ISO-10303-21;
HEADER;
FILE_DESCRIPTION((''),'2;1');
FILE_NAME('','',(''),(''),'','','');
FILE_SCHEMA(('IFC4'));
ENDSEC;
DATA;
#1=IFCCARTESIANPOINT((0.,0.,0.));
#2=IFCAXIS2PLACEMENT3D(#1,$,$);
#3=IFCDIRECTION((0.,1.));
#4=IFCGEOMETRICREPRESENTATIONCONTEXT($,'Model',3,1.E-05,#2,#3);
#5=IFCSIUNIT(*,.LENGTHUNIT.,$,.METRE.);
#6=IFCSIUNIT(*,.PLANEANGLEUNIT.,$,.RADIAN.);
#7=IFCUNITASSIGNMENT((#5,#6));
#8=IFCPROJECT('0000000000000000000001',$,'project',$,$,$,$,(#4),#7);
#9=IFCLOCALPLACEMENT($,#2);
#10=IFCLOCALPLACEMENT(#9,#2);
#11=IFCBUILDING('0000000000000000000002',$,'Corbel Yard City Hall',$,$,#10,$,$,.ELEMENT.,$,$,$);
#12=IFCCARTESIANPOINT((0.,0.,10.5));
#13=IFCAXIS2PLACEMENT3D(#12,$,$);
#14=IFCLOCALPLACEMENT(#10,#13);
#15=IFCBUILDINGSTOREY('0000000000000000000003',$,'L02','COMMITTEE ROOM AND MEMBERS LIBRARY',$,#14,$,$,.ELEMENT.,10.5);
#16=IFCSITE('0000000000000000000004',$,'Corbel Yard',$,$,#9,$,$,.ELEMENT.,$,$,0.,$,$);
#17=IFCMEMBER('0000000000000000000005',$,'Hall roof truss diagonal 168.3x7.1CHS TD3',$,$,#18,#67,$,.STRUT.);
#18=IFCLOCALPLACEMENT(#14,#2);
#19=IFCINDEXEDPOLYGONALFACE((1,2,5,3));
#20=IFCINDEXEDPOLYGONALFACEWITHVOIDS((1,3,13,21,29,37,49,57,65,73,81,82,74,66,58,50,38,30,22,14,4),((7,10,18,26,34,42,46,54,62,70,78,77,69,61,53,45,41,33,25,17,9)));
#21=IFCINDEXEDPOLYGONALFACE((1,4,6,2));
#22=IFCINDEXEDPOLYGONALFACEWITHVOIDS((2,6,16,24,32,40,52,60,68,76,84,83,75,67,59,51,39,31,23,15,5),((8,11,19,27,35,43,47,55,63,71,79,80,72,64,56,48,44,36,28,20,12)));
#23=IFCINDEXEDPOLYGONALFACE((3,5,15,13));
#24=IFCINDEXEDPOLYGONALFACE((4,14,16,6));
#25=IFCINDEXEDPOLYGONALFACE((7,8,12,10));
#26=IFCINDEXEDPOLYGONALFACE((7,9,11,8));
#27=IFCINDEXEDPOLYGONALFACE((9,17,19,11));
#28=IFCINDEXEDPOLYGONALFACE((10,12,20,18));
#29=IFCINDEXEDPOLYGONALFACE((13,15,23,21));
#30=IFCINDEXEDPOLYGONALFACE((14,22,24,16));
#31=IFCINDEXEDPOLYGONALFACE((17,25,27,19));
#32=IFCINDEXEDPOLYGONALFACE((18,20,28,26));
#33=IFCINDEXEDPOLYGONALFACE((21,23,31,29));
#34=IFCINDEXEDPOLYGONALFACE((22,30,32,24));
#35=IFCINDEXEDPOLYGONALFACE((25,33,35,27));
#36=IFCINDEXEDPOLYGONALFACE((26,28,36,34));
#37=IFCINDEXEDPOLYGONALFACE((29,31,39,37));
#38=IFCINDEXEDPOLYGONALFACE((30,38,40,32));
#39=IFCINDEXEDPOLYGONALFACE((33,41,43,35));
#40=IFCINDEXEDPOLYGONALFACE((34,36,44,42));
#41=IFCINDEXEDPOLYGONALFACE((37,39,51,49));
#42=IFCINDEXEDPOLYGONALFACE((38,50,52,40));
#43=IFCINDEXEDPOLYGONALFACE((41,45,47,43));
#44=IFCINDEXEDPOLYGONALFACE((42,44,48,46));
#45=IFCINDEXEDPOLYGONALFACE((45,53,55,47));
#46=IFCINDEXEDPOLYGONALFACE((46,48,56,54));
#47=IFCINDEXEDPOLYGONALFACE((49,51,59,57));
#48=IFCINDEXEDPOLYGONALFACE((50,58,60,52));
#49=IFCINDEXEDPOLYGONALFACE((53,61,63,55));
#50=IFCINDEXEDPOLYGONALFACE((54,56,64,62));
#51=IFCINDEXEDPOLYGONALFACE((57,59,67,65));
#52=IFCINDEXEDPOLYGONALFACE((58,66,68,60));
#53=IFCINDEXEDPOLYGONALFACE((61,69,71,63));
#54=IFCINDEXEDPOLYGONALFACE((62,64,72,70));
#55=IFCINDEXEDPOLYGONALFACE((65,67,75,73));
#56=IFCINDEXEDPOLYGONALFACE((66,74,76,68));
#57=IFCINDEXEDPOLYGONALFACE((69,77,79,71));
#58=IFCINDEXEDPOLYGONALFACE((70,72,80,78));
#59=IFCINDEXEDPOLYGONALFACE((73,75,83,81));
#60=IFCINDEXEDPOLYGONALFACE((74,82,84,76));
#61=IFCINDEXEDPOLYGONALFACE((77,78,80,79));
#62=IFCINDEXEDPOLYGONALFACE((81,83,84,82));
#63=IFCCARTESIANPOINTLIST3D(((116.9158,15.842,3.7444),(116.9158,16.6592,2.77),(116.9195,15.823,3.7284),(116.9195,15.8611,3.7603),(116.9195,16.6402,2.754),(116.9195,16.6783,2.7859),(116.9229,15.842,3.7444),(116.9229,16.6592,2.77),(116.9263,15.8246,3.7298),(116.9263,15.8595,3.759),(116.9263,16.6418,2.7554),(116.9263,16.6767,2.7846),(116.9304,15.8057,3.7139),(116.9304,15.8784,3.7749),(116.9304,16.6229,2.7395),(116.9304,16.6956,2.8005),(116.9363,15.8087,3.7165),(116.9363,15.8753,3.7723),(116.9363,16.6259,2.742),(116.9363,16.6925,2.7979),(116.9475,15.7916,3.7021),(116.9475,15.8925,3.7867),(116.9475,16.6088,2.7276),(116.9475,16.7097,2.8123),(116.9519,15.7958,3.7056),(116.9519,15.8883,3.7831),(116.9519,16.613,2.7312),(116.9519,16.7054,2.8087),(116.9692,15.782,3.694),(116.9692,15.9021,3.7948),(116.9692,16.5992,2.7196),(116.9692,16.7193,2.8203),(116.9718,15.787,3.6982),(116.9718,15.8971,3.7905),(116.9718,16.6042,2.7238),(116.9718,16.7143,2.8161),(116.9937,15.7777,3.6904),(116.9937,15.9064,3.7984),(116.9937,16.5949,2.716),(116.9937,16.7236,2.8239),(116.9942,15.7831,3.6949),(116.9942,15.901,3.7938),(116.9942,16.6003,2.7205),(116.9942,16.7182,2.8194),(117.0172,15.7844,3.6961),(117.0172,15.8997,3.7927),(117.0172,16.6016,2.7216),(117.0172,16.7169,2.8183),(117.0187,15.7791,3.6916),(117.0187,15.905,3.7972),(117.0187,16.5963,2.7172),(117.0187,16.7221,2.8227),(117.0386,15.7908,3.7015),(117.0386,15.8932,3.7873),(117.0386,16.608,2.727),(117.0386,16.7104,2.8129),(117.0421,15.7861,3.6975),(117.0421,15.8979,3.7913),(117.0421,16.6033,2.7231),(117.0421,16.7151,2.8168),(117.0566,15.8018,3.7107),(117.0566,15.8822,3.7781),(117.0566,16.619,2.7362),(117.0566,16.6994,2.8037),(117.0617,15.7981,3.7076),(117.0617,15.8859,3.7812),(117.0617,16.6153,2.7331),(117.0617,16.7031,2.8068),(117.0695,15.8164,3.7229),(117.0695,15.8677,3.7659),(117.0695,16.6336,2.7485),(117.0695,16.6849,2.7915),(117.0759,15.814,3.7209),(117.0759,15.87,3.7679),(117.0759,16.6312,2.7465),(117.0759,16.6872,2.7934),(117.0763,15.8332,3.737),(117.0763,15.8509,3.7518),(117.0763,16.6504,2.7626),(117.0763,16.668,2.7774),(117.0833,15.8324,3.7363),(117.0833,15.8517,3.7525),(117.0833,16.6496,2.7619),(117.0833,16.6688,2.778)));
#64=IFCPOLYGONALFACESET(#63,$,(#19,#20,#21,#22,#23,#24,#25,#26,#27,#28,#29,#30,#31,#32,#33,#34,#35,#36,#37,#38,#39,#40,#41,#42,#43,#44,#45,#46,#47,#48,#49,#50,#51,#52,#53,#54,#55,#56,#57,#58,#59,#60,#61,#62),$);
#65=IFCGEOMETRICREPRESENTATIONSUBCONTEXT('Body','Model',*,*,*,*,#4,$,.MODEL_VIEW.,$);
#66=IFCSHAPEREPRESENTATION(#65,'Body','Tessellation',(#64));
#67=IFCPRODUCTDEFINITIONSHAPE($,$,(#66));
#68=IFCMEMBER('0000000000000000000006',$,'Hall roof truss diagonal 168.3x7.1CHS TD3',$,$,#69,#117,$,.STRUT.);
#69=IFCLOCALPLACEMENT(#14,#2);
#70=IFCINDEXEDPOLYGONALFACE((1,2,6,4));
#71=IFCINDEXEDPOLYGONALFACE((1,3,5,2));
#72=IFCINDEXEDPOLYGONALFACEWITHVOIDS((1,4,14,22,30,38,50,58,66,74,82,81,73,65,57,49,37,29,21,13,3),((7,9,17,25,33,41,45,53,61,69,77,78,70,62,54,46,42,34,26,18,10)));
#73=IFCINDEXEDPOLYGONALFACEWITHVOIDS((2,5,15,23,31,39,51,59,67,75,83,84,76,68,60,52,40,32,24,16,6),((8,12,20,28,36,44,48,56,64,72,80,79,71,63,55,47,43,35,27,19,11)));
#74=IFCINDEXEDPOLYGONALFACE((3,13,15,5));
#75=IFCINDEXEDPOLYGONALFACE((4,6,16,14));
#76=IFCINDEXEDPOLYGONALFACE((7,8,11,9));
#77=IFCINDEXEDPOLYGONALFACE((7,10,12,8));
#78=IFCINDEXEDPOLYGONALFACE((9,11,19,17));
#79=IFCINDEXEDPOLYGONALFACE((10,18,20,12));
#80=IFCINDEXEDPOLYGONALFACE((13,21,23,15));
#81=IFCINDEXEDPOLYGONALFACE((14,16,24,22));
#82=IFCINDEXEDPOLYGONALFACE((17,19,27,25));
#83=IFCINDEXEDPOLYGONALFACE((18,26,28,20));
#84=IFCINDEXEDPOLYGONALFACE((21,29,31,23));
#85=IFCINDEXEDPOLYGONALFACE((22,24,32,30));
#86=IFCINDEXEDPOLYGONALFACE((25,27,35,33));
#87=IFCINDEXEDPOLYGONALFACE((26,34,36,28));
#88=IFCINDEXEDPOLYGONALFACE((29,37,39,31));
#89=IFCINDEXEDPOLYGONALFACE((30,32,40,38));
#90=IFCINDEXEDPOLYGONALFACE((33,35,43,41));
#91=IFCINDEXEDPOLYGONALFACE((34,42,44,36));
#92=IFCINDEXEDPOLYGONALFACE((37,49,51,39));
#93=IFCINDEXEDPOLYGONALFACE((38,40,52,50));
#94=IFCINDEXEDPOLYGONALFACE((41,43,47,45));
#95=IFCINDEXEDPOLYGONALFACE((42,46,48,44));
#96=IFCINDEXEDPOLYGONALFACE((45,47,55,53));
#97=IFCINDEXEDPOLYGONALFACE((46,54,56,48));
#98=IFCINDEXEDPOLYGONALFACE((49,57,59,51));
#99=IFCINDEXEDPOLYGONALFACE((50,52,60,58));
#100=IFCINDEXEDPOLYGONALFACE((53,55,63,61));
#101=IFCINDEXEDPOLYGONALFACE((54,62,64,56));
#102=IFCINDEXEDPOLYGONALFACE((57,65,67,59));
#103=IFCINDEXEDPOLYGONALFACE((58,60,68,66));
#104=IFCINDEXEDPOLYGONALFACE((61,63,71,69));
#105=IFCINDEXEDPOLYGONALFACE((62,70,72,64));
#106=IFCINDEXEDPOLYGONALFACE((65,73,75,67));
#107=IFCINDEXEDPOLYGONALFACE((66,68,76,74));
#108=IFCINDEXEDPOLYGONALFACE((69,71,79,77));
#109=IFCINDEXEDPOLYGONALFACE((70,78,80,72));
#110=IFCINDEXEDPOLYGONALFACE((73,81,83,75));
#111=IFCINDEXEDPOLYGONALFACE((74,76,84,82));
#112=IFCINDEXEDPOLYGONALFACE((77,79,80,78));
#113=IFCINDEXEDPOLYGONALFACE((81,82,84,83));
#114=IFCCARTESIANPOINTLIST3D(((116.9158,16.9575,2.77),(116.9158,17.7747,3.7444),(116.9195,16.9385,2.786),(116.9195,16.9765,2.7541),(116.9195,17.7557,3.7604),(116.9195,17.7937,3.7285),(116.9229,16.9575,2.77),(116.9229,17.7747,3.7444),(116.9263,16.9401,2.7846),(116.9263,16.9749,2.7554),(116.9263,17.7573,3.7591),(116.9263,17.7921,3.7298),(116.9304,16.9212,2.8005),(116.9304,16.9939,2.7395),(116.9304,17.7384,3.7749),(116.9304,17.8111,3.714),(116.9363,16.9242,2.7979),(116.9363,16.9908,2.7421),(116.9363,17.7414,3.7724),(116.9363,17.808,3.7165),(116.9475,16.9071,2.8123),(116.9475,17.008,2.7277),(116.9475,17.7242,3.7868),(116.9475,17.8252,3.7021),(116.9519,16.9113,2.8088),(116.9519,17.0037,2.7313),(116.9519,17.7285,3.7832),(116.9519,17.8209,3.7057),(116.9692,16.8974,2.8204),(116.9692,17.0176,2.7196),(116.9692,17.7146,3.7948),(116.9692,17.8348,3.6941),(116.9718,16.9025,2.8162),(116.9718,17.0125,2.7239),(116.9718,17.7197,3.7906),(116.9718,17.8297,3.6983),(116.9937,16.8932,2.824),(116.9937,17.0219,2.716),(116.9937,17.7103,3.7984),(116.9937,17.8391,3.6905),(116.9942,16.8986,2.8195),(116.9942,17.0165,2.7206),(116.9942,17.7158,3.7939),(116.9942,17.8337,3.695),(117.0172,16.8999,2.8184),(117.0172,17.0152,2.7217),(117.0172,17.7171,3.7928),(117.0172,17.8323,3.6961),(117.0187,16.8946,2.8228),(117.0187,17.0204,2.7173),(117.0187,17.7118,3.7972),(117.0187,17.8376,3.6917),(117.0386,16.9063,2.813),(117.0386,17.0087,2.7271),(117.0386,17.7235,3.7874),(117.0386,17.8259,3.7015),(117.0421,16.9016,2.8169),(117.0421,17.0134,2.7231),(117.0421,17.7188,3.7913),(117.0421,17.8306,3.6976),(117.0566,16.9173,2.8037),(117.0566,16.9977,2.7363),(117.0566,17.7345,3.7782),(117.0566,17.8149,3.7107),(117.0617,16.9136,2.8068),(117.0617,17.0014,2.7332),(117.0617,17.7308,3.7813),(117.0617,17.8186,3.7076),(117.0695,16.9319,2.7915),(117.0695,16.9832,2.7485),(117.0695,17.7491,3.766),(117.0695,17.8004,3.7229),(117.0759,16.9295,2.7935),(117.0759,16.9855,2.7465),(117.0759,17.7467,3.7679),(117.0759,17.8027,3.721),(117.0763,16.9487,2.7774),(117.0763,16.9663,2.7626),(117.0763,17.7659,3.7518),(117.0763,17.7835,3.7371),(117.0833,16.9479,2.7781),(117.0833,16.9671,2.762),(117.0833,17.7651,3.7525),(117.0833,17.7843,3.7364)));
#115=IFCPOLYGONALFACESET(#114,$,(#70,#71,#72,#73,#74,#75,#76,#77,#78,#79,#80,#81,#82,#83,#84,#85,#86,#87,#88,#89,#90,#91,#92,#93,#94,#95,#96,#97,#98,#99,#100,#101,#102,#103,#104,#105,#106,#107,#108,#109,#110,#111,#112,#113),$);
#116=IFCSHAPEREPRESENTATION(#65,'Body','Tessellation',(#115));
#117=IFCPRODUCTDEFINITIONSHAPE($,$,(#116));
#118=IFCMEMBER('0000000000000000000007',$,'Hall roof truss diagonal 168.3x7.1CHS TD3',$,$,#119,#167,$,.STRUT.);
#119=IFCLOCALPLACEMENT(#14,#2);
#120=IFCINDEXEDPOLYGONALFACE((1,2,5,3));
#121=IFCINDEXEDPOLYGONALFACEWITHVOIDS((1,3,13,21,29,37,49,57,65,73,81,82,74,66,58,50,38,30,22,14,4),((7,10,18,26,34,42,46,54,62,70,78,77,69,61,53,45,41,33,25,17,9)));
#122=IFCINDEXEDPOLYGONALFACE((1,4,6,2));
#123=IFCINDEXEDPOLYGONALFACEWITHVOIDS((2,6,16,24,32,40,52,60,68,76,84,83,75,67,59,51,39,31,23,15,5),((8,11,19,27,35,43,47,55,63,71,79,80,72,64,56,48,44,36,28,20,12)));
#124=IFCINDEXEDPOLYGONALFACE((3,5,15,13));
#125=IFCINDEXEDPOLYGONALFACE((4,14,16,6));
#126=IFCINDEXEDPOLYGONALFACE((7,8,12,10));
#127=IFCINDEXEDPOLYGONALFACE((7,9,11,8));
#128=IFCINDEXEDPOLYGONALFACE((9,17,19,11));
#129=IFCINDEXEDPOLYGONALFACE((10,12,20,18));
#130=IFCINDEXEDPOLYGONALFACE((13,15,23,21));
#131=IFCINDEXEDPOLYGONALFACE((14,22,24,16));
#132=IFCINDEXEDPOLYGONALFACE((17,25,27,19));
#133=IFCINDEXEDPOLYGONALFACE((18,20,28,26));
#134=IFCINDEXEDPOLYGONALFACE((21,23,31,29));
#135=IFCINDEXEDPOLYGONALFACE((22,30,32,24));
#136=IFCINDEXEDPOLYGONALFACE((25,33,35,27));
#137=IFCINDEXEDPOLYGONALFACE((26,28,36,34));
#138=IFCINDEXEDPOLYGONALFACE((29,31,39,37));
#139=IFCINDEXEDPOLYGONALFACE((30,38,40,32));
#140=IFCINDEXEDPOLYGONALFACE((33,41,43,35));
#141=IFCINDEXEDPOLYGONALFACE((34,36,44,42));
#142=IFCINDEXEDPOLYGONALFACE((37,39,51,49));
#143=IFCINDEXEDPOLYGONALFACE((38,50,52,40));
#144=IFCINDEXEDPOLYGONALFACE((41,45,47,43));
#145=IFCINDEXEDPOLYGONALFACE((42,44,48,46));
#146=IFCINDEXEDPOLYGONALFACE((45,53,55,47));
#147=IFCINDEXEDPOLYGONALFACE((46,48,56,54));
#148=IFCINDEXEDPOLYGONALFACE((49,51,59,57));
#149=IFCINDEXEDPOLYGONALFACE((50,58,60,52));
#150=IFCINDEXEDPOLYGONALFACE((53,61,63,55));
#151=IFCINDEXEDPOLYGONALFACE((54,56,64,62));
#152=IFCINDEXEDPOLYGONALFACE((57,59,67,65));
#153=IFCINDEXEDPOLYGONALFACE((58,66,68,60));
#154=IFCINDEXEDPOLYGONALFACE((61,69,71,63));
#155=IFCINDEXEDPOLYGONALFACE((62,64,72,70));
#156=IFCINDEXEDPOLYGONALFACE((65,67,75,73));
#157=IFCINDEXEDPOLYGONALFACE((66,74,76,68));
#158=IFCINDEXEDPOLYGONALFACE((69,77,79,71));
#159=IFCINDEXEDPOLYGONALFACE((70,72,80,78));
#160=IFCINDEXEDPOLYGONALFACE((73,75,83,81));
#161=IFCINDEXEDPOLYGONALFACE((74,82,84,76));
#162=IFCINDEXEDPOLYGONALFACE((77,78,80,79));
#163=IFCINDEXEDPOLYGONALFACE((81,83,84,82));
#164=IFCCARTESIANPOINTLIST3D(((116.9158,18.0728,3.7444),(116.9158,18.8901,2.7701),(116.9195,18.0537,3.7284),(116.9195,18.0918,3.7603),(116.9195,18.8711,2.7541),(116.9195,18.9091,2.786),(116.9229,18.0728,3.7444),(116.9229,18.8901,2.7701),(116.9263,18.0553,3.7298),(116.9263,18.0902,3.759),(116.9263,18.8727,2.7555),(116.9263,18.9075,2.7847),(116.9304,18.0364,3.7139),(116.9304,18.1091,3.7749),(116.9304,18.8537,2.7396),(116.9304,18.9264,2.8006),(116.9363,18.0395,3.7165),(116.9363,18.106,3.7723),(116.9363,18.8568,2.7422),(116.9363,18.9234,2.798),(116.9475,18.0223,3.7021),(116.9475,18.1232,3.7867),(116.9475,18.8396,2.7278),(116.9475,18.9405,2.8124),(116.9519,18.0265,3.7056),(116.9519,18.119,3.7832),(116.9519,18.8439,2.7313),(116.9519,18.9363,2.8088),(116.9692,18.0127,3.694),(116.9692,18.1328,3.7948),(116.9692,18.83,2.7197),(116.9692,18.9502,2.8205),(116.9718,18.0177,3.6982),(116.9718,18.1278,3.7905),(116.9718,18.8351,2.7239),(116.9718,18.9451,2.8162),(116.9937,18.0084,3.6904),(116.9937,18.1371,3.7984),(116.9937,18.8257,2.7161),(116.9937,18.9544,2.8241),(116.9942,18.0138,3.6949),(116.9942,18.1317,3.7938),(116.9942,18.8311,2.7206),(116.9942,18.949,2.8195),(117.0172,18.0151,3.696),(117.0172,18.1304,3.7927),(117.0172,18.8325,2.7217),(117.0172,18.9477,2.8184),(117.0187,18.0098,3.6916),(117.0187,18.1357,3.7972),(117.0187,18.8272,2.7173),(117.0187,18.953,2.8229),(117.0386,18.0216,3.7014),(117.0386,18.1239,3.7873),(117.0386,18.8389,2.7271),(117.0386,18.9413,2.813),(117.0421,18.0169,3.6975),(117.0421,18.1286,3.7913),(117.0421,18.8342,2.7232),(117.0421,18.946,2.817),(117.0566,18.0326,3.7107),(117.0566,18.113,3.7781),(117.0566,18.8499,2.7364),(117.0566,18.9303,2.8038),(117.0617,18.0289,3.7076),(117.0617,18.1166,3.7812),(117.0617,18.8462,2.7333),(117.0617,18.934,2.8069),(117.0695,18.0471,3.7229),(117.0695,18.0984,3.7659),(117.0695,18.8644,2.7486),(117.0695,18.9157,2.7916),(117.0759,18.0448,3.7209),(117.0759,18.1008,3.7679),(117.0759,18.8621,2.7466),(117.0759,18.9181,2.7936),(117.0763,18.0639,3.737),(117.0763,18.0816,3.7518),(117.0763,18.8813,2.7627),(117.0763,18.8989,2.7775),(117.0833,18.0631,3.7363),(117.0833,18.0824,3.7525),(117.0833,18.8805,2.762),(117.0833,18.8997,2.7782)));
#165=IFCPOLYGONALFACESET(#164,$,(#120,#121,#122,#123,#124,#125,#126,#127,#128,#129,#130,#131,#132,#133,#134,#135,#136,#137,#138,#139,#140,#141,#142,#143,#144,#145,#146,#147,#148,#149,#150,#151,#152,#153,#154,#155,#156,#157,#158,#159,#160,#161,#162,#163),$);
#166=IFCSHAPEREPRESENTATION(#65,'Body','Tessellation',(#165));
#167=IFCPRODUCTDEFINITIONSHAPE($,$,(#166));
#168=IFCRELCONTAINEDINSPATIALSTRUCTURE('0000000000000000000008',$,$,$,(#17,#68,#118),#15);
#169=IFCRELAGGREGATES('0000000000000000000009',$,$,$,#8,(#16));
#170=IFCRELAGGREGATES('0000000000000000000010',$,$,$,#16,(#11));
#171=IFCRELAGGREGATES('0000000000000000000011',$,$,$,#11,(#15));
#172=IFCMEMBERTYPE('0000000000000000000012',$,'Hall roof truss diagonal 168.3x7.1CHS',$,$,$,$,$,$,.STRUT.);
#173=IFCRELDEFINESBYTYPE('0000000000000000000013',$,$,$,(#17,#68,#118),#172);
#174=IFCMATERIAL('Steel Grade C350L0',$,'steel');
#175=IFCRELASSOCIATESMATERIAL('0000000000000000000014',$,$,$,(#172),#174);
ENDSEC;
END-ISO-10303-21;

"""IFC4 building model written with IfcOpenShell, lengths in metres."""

from ifc_helpers import new_model, si_unit, direction, frame, origin, origin_2d, place, context, subcontext, project, spatial, hollow_circle, extrude, material, material_profile, profile_set, type_object, element, save


model = new_model("IFC4")

# Units and contexts
model_context = context("Model", 3, precision=1e-05, world=origin(), true_north=direction((0.0, 1.0)))
body_context = subcontext(model_context, "Body", "Model", "MODEL_VIEW")
ifc_project = project(units=[si_unit("LENGTHUNIT", "METRE"), si_unit("PLANEANGLEUNIT", "RADIAN")], contexts=[model_context])

# Site, building, storey
site_placement = place(None, origin())
site = spatial("IfcSite", under=ifc_project, at=site_placement, Name="Corbel Yard", CompositionType="ELEMENT", RefElevation=0.0)
building_placement = place(site_placement, origin())
building = spatial("IfcBuilding", under=site, at=building_placement, Name="Corbel Yard City Hall", CompositionType="ELEMENT")
storey_placement = place(building_placement, frame((0.0, 0.0, 10.5)))
storey = spatial("IfcBuildingStorey", under=building, at=storey_placement, Name="L02", Description="COMMITTEE ROOM AND MEMBERS LIBRARY", CompositionType="ELEMENT", Elevation=10.5)

# Members
ifc_material_1 = material(Name="Steel Grade C350L0", Category="steel")
ifc_material_profile_1 = material_profile(ifc_material_1, hollow_circle(Radius=0.0842, WallThickness=0.0071, at=origin_2d()), Name="168.3x7.1CHS")
ifc_profile_set_1 = profile_set([ifc_material_profile_1], Name="Steel Grade C350L0")
member_type_1 = type_object("IfcMemberType", Name="Hall roof truss diagonal 168.3x7.1CHS", PredefinedType="STRUT", material=ifc_profile_set_1)
for number, where, z_axis, x_axis, name in (
    (1, (117.0, 15.842, 3.7444), (0.0, 0.64258, -0.766219), (-1.0, 0.0, 0.0), "Hall roof truss diagonal 168.3x7.1CHS TD3"),
    (2, (117.0, 16.9575, 2.77), (0.0, 0.64258, 0.766219), (-1.0, 0.0, 0.0), "Hall roof truss diagonal 168.3x7.1CHS TD3"),
    (3, (117.0, 18.0728, 3.7444), (0.0, 0.642692, -0.766124), (-1.0, 0.0, 0.0), "Hall roof truss diagonal 168.3x7.1CHS TD3"),
):
    element("IfcMember", number, at=place(storey_placement, frame(where, z_axis=z_axis, x_axis=x_axis)), inside=storey, type_object=member_type_1, Name=name, PredefinedType="STRUT", context=body_context, shape_type="SweptSolid", body=[
        extrude(hollow_circle(Radius=0.0842, WallThickness=0.0071, at=origin_2d()), origin(), (0.0, 0.0, 1.0), 1.2717),
    ])

save(model, "model.ifc")
